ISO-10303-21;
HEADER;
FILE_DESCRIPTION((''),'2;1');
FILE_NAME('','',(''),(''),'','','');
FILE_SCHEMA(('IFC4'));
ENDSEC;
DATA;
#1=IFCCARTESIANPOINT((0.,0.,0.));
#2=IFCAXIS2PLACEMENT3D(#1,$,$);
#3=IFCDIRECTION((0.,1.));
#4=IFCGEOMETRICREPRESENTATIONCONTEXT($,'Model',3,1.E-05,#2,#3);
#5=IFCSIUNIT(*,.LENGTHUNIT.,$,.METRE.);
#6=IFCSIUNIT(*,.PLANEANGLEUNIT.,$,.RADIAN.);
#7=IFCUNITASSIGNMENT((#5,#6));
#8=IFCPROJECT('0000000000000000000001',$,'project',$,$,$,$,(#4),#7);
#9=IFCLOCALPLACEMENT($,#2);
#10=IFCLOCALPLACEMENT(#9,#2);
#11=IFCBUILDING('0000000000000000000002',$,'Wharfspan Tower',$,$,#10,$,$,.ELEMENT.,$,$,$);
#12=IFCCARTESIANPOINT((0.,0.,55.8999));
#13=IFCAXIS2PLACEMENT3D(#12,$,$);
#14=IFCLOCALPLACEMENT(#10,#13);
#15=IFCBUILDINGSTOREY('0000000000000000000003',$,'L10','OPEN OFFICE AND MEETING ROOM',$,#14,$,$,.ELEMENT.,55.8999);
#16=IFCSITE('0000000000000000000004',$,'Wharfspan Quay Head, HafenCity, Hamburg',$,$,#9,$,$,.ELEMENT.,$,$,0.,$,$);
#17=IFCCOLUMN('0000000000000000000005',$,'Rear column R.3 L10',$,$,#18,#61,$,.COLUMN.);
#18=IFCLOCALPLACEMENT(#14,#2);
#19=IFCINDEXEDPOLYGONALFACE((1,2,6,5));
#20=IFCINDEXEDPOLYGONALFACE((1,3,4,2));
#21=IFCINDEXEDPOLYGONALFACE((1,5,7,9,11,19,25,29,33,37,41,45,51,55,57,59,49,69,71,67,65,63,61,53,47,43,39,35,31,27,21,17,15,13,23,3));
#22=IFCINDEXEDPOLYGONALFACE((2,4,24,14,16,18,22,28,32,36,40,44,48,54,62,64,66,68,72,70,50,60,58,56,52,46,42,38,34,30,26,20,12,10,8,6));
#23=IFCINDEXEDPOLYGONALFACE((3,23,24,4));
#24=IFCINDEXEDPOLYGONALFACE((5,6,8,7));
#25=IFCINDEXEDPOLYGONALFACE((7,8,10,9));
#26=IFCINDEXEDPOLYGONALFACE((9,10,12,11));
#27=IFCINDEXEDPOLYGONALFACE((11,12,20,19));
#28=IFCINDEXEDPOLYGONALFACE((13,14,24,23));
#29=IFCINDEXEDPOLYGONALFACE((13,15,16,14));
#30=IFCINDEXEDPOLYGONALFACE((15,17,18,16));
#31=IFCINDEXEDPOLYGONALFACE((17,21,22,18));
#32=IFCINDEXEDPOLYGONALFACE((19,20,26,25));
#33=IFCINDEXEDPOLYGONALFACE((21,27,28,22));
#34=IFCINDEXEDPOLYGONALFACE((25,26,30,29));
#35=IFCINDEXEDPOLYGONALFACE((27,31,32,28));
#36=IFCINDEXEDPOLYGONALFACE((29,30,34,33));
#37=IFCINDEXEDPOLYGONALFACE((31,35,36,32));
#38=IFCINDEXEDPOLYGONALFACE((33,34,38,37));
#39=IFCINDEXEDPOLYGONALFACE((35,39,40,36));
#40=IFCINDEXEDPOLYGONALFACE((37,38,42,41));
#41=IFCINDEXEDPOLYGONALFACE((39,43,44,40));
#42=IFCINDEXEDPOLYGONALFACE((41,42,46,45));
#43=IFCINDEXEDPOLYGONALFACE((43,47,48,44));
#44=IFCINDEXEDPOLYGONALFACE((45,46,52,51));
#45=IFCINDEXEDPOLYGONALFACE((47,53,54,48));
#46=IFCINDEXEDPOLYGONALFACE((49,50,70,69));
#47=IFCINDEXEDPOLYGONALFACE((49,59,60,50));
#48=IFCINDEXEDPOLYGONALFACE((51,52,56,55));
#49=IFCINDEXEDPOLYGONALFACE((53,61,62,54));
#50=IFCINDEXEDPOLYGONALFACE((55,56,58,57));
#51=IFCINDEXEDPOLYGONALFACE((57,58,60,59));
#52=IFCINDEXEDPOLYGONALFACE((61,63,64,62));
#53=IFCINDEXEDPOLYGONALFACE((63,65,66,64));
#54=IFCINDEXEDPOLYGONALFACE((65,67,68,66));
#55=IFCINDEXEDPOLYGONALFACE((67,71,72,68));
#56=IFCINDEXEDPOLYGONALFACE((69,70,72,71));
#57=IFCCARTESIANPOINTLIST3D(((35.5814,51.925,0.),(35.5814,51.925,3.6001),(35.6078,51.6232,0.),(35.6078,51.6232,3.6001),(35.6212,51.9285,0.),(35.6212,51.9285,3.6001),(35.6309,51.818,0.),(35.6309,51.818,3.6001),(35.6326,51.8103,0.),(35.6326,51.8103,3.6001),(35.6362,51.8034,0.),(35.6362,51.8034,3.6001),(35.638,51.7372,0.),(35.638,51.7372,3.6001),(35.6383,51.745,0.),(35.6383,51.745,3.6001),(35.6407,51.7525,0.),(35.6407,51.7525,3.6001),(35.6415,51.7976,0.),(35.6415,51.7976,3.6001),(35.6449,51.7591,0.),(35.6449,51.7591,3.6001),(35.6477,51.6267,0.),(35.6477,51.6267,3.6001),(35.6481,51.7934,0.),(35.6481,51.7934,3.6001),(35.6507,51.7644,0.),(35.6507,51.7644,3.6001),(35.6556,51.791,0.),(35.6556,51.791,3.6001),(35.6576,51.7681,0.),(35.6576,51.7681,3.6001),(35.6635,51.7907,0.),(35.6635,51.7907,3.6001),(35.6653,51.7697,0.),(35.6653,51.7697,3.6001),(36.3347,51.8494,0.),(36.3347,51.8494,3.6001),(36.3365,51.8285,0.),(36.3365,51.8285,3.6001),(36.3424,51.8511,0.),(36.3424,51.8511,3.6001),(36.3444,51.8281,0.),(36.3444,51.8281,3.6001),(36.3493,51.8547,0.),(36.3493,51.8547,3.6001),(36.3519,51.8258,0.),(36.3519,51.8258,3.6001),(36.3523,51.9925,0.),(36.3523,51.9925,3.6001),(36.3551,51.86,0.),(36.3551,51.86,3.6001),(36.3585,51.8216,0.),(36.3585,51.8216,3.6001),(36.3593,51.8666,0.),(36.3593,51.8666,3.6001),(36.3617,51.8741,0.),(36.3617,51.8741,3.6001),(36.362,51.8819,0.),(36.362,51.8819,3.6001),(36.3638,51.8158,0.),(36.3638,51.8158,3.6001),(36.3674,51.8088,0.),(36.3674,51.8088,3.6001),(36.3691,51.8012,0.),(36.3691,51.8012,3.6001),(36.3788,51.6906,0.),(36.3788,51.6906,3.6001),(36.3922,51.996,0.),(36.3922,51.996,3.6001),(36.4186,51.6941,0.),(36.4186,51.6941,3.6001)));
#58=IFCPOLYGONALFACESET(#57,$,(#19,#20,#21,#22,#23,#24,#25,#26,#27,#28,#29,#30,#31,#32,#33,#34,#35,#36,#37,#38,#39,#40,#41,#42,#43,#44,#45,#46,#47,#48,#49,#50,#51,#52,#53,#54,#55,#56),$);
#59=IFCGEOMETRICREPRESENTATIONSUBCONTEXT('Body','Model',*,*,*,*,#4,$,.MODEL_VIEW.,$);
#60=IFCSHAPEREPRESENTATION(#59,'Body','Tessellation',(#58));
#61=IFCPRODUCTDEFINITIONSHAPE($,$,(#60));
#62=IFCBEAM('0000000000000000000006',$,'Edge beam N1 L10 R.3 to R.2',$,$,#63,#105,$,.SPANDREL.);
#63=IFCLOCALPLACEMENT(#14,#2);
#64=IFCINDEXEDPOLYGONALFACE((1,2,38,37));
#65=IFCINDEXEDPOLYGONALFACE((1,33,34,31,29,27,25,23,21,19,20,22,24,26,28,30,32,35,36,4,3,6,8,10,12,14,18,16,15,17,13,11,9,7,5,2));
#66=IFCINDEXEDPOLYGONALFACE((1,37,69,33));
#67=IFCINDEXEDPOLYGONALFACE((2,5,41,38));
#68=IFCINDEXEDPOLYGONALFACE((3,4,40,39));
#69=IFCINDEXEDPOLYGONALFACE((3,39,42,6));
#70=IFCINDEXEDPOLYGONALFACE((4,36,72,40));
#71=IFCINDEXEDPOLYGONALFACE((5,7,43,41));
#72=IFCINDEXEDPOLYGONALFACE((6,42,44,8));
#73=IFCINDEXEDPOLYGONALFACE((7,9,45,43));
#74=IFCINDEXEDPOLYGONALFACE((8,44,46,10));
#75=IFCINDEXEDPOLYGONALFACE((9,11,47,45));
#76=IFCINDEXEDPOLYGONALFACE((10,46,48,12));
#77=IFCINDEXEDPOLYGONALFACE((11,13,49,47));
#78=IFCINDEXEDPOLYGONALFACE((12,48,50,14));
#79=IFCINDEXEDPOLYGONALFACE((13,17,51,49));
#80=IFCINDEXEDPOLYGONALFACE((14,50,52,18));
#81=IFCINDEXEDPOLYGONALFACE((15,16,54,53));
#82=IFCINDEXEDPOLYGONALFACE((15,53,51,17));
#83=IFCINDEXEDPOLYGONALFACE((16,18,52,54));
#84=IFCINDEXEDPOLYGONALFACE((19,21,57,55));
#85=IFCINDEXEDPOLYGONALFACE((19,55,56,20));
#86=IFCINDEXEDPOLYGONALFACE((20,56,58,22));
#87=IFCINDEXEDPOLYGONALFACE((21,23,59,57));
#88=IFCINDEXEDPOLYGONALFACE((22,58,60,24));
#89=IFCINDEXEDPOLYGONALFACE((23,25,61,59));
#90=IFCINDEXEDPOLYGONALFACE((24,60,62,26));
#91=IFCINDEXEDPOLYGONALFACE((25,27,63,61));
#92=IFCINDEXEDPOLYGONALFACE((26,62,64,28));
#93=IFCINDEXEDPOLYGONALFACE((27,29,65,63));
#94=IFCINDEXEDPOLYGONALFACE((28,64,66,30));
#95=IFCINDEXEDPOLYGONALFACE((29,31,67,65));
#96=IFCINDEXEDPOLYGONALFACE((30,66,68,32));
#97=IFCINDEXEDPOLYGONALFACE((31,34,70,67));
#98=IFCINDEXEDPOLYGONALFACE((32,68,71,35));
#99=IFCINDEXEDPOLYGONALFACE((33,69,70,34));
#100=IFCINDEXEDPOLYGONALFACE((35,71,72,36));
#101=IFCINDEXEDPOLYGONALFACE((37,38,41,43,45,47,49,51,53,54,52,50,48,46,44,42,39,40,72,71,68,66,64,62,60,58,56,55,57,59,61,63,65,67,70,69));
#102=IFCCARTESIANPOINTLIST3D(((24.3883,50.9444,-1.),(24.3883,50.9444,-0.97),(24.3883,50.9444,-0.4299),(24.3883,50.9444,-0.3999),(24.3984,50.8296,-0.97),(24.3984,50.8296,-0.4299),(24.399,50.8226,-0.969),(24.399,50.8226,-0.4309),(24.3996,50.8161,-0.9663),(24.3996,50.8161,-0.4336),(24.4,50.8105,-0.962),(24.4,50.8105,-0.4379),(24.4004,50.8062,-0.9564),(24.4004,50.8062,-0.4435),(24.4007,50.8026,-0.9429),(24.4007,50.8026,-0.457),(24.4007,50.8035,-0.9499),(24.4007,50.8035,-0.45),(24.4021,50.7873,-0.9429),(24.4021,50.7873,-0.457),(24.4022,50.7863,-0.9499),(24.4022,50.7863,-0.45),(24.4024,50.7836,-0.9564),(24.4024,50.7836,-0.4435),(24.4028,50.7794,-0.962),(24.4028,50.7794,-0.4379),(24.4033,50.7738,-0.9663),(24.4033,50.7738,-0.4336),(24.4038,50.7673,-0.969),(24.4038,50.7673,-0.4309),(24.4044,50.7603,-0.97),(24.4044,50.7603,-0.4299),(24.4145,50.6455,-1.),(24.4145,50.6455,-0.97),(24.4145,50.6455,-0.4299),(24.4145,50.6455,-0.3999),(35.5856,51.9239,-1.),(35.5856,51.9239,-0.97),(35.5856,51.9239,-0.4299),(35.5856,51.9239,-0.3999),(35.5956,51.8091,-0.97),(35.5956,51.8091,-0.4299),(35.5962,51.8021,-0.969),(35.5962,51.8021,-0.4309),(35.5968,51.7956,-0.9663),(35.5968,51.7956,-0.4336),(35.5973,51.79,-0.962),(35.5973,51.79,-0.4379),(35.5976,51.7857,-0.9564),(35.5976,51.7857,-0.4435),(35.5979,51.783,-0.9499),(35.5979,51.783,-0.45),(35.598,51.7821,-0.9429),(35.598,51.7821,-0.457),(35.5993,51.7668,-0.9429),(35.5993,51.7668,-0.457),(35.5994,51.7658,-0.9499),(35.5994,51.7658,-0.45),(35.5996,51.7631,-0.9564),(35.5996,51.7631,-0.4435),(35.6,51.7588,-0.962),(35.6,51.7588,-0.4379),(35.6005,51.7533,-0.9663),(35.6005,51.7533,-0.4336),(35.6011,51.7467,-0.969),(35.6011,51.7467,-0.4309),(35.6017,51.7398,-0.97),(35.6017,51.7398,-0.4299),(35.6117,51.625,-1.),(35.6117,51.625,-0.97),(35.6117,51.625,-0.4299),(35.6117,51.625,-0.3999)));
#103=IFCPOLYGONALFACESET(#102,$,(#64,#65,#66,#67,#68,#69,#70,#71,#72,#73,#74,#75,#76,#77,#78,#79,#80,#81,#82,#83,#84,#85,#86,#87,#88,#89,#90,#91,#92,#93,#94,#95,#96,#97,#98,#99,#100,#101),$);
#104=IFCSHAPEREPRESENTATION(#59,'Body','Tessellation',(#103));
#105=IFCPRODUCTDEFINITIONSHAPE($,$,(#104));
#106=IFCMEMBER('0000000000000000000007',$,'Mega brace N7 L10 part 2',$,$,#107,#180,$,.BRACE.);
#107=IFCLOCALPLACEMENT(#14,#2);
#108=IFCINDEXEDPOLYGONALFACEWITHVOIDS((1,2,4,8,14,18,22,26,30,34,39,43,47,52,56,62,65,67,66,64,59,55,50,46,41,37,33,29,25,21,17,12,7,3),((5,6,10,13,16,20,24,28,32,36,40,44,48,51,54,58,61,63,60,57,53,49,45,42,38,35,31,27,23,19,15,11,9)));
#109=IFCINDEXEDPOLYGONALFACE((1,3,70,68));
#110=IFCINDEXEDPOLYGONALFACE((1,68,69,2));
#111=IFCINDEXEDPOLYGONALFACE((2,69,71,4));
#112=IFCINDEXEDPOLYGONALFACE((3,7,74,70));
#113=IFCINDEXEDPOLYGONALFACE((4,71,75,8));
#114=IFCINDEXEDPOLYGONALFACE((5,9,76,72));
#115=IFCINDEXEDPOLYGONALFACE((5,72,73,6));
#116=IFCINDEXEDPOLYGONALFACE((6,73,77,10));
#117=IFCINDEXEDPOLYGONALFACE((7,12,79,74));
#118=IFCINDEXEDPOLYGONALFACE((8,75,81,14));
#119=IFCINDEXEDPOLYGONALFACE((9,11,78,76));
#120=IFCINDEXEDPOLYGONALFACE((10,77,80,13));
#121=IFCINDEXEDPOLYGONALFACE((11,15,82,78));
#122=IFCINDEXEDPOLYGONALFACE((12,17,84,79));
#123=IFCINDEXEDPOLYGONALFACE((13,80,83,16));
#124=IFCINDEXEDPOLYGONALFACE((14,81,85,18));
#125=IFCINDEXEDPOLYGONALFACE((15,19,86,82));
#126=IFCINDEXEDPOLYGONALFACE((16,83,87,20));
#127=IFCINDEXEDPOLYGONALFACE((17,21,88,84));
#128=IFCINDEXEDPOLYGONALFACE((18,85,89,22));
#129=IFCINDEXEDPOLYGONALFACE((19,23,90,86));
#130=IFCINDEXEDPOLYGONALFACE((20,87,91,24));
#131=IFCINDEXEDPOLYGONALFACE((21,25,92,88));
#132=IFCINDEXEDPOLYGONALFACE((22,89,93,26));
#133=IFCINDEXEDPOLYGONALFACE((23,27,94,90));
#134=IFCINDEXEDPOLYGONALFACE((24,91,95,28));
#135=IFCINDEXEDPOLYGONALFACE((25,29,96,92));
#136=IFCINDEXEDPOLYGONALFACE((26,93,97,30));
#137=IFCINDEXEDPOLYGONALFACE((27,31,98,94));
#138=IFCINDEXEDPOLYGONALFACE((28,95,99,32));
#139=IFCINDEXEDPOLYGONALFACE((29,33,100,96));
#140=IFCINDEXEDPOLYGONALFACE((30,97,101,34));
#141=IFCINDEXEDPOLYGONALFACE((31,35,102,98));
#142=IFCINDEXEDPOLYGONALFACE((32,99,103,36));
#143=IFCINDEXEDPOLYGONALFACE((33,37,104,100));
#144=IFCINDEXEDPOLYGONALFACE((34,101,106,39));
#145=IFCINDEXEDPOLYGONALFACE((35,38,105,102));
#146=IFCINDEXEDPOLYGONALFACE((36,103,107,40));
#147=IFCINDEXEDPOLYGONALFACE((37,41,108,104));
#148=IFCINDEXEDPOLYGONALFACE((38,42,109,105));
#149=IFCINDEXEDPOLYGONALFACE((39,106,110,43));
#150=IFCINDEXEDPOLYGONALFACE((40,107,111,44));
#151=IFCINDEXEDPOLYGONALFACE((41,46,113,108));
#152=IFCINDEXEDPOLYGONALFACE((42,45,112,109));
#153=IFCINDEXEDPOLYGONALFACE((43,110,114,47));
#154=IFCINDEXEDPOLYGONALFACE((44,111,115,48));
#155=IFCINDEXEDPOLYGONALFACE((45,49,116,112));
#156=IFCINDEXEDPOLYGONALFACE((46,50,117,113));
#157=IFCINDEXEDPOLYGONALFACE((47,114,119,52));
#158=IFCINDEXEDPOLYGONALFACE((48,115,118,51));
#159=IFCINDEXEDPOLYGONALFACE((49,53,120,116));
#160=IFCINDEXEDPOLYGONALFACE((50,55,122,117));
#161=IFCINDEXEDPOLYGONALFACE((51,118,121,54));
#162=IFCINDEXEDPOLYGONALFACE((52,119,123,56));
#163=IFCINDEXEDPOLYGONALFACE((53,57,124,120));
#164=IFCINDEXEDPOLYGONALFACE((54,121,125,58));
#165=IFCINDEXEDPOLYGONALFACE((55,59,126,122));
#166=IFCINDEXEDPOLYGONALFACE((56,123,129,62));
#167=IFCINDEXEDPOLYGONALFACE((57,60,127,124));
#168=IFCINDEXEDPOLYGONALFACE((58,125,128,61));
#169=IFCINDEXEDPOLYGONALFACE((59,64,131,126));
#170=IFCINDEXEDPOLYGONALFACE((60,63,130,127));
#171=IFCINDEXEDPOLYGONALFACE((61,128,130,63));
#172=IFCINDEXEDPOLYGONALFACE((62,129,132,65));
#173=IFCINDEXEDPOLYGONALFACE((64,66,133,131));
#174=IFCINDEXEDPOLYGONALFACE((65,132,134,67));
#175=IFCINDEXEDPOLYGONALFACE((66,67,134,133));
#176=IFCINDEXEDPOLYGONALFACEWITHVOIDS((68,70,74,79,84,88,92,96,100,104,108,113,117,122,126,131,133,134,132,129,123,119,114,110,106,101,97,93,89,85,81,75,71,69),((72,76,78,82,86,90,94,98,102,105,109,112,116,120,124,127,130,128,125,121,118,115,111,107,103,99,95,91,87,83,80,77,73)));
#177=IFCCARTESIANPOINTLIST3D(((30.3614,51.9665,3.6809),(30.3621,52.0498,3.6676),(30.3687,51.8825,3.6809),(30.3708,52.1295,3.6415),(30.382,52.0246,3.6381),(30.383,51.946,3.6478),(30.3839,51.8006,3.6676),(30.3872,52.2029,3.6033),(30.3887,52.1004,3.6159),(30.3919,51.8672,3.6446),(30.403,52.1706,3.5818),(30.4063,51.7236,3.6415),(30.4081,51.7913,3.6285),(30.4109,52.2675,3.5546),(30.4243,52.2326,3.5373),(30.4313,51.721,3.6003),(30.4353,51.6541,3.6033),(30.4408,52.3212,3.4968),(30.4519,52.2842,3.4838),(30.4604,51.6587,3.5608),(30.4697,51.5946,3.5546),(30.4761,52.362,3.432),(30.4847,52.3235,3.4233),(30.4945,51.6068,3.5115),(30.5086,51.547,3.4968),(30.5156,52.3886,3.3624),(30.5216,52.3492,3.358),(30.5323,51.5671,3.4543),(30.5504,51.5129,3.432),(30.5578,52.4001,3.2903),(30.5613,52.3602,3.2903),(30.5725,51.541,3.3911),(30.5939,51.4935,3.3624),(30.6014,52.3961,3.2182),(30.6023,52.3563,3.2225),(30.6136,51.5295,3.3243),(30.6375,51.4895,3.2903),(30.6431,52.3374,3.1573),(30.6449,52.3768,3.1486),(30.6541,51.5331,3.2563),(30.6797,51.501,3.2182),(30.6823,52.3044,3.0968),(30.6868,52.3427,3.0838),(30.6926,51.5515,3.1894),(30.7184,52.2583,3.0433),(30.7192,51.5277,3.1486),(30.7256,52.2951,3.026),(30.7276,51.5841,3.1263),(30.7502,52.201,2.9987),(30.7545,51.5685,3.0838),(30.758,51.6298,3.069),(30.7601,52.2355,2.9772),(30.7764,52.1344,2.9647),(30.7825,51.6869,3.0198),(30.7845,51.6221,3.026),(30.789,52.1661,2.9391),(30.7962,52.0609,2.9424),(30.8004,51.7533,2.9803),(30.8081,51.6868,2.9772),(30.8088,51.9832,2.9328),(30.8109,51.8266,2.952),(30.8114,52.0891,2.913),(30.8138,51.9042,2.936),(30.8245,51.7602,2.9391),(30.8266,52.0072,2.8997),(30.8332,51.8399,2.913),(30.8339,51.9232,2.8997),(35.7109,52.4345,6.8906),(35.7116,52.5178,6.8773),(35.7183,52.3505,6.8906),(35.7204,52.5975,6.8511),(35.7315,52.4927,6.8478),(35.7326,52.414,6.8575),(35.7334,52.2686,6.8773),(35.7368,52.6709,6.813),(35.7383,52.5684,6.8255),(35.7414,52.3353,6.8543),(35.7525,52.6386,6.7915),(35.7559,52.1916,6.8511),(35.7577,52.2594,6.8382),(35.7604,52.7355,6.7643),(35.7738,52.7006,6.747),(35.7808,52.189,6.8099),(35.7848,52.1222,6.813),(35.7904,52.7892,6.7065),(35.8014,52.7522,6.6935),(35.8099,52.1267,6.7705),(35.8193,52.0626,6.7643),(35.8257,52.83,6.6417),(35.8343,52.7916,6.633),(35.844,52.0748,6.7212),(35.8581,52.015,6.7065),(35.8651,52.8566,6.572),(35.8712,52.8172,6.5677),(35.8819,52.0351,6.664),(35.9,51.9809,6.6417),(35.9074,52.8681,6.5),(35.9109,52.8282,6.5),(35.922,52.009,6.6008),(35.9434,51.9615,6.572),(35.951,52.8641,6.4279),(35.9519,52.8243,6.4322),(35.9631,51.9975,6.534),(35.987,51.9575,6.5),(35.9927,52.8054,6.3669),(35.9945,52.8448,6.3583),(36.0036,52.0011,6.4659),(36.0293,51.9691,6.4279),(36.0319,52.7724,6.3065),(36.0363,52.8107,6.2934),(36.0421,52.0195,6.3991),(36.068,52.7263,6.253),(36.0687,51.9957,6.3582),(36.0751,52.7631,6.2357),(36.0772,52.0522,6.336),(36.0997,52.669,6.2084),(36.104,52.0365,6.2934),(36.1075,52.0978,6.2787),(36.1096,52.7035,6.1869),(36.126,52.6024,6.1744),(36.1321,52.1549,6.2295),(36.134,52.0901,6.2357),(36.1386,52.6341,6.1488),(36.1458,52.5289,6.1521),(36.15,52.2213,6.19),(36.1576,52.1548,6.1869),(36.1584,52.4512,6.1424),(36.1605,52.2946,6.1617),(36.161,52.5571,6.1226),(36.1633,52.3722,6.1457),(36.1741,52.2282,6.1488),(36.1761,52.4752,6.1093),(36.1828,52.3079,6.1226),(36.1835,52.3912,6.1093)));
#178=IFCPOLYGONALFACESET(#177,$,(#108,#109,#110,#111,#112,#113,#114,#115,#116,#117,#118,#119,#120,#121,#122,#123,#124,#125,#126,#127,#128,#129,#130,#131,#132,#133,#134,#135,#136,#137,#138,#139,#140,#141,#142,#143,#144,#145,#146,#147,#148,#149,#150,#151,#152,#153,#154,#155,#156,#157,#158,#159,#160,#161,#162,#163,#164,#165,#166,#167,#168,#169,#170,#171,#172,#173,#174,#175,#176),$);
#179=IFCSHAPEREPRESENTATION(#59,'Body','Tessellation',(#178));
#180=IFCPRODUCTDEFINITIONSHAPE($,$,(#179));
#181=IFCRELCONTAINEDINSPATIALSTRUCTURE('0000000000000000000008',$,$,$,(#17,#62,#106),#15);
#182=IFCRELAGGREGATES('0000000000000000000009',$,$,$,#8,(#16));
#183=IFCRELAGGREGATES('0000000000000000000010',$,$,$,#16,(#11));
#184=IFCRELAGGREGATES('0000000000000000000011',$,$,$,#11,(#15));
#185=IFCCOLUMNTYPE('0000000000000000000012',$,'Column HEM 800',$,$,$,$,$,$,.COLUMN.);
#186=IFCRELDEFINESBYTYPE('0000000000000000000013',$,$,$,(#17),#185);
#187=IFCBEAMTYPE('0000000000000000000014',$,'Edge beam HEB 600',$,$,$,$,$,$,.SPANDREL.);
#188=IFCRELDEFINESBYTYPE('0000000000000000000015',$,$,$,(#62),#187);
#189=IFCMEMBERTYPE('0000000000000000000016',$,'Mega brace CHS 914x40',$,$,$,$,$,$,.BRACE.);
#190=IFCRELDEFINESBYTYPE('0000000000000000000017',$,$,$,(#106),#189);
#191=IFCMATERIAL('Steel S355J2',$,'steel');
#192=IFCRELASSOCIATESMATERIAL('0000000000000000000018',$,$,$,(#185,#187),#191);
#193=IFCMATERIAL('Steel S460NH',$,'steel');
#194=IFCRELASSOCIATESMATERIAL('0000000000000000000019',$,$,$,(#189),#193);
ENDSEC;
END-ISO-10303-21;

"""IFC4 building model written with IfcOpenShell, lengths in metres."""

from ifc_helpers import new_model, si_unit, direction, frame, origin, origin_2d, place, context, subcontext, project, spatial, hollow_circle, i_section, extrude, material, material_profile, profile_set, type_object, element, save


model = new_model("IFC4")

# Units and contexts
model_context = context("Model", 3, precision=1e-05, world=origin(), true_north=direction((0.0, 1.0)))
body_context = subcontext(model_context, "Body", "Model", "MODEL_VIEW")
ifc_project = project(units=[si_unit("LENGTHUNIT", "METRE"), si_unit("PLANEANGLEUNIT", "RADIAN")], contexts=[model_context])

# Site, building, storey
site_placement = place(None, origin())
site = spatial("IfcSite", under=ifc_project, at=site_placement, Name="Wharfspan Quay Head, HafenCity, Hamburg", CompositionType="ELEMENT", RefElevation=0.0)
building_placement = place(site_placement, origin())
building = spatial("IfcBuilding", under=site, at=building_placement, Name="Wharfspan Tower", CompositionType="ELEMENT")
storey_placement = place(building_placement, frame((0.0, 0.0, 55.8999)))
storey = spatial("IfcBuildingStorey", under=building, at=storey_placement, Name="L10", Description="OPEN OFFICE AND MEETING ROOM", CompositionType="ELEMENT", Elevation=55.8999)

# Column
ifc_material_1 = material(Name="Steel S355J2", Category="steel")
ifc_material_profile_1 = material_profile(ifc_material_1, i_section(OverallWidth=0.303, OverallDepth=0.814, WebThickness=0.021, FlangeThickness=0.04, FilletRadius=0.03, at=origin_2d()))
ifc_profile_set_1 = profile_set([ifc_material_profile_1], Name="Steel S355J2")
column_type = type_object("IfcColumnType", Name="Column HEM 800", PredefinedType="COLUMN", material=ifc_profile_set_1)
column_placement = place(storey_placement, frame((36.0, 51.8096, 0.0), z_axis=(0.0, 0.0, 1.0), x_axis=(-0.087156, 0.996197, 0.0)))
element("IfcColumn", 1, at=column_placement, inside=storey, type_object=column_type, Name="Rear column R.3 L10", PredefinedType="COLUMN", context=body_context, shape_type="SweptSolid", body=[
    extrude(i_section(OverallWidth=0.303, OverallDepth=0.814, WebThickness=0.021, FlangeThickness=0.04, FilletRadius=0.03, at=origin_2d()), origin(), (0.0, 0.0, 1.0), 3.6001),
])

# Beam
ifc_material_profile_2 = material_profile(ifc_material_1, i_section(OverallWidth=0.3, OverallDepth=0.6001, WebThickness=0.0154, FlangeThickness=0.03, FilletRadius=0.0271, at=origin_2d()))
ifc_profile_set_2 = profile_set([ifc_material_profile_2], Name="Steel S355J2")
beam_type = type_object("IfcBeamType", Name="Edge beam HEB 600", PredefinedType="SPANDREL", material=ifc_profile_set_2)
beam_placement = place(storey_placement, frame((35.5986, 51.7744, -0.7), z_axis=(-0.996196, -0.087143, 0.0), x_axis=(0.087143, -0.996196, 0.0)))
element("IfcBeam", 2, at=beam_placement, inside=storey, type_object=beam_type, Name="Edge beam N1 L10 R.3 to R.2", PredefinedType="SPANDREL", context=body_context, shape_type="SweptSolid", body=[
    extrude(i_section(OverallWidth=0.3, OverallDepth=0.6001, WebThickness=0.0154, FlangeThickness=0.03, FilletRadius=0.0271, at=origin_2d()), origin(), (0.0, 0.0, 1.0), 11.24),
])

# Member
ifc_material_2 = material(Name="Steel S460NH", Category="steel")
ifc_material_profile_3 = material_profile(ifc_material_2, hollow_circle(Radius=0.457, WallThickness=0.04, at=origin_2d()))
ifc_profile_set_3 = profile_set([ifc_material_profile_3], Name="Steel S460NH")
member_type = type_object("IfcMemberType", Name="Mega brace CHS 914x40", PredefinedType="BRACE", material=ifc_profile_set_3)
for number, where, z_axis, x_axis, name in (
    (3, (30.5977, 51.9448, 3.2903), (0.855094, 0.074809, 0.513048), (-0.087154, 0.996195, 0.000001), "Mega brace N7 L10 part 2"),
):
    element("IfcMember", number, at=place(storey_placement, frame(where, z_axis=z_axis, x_axis=x_axis)), inside=storey, type_object=member_type, Name=name, PredefinedType="BRACE", context=body_context, shape_type="SweptSolid", body=[
        extrude(hollow_circle(Radius=0.457, WallThickness=0.04, at=origin_2d()), origin(), (0.0, 0.0, 1.0), 6.2561),
    ])

save(model, "model.ifc")
